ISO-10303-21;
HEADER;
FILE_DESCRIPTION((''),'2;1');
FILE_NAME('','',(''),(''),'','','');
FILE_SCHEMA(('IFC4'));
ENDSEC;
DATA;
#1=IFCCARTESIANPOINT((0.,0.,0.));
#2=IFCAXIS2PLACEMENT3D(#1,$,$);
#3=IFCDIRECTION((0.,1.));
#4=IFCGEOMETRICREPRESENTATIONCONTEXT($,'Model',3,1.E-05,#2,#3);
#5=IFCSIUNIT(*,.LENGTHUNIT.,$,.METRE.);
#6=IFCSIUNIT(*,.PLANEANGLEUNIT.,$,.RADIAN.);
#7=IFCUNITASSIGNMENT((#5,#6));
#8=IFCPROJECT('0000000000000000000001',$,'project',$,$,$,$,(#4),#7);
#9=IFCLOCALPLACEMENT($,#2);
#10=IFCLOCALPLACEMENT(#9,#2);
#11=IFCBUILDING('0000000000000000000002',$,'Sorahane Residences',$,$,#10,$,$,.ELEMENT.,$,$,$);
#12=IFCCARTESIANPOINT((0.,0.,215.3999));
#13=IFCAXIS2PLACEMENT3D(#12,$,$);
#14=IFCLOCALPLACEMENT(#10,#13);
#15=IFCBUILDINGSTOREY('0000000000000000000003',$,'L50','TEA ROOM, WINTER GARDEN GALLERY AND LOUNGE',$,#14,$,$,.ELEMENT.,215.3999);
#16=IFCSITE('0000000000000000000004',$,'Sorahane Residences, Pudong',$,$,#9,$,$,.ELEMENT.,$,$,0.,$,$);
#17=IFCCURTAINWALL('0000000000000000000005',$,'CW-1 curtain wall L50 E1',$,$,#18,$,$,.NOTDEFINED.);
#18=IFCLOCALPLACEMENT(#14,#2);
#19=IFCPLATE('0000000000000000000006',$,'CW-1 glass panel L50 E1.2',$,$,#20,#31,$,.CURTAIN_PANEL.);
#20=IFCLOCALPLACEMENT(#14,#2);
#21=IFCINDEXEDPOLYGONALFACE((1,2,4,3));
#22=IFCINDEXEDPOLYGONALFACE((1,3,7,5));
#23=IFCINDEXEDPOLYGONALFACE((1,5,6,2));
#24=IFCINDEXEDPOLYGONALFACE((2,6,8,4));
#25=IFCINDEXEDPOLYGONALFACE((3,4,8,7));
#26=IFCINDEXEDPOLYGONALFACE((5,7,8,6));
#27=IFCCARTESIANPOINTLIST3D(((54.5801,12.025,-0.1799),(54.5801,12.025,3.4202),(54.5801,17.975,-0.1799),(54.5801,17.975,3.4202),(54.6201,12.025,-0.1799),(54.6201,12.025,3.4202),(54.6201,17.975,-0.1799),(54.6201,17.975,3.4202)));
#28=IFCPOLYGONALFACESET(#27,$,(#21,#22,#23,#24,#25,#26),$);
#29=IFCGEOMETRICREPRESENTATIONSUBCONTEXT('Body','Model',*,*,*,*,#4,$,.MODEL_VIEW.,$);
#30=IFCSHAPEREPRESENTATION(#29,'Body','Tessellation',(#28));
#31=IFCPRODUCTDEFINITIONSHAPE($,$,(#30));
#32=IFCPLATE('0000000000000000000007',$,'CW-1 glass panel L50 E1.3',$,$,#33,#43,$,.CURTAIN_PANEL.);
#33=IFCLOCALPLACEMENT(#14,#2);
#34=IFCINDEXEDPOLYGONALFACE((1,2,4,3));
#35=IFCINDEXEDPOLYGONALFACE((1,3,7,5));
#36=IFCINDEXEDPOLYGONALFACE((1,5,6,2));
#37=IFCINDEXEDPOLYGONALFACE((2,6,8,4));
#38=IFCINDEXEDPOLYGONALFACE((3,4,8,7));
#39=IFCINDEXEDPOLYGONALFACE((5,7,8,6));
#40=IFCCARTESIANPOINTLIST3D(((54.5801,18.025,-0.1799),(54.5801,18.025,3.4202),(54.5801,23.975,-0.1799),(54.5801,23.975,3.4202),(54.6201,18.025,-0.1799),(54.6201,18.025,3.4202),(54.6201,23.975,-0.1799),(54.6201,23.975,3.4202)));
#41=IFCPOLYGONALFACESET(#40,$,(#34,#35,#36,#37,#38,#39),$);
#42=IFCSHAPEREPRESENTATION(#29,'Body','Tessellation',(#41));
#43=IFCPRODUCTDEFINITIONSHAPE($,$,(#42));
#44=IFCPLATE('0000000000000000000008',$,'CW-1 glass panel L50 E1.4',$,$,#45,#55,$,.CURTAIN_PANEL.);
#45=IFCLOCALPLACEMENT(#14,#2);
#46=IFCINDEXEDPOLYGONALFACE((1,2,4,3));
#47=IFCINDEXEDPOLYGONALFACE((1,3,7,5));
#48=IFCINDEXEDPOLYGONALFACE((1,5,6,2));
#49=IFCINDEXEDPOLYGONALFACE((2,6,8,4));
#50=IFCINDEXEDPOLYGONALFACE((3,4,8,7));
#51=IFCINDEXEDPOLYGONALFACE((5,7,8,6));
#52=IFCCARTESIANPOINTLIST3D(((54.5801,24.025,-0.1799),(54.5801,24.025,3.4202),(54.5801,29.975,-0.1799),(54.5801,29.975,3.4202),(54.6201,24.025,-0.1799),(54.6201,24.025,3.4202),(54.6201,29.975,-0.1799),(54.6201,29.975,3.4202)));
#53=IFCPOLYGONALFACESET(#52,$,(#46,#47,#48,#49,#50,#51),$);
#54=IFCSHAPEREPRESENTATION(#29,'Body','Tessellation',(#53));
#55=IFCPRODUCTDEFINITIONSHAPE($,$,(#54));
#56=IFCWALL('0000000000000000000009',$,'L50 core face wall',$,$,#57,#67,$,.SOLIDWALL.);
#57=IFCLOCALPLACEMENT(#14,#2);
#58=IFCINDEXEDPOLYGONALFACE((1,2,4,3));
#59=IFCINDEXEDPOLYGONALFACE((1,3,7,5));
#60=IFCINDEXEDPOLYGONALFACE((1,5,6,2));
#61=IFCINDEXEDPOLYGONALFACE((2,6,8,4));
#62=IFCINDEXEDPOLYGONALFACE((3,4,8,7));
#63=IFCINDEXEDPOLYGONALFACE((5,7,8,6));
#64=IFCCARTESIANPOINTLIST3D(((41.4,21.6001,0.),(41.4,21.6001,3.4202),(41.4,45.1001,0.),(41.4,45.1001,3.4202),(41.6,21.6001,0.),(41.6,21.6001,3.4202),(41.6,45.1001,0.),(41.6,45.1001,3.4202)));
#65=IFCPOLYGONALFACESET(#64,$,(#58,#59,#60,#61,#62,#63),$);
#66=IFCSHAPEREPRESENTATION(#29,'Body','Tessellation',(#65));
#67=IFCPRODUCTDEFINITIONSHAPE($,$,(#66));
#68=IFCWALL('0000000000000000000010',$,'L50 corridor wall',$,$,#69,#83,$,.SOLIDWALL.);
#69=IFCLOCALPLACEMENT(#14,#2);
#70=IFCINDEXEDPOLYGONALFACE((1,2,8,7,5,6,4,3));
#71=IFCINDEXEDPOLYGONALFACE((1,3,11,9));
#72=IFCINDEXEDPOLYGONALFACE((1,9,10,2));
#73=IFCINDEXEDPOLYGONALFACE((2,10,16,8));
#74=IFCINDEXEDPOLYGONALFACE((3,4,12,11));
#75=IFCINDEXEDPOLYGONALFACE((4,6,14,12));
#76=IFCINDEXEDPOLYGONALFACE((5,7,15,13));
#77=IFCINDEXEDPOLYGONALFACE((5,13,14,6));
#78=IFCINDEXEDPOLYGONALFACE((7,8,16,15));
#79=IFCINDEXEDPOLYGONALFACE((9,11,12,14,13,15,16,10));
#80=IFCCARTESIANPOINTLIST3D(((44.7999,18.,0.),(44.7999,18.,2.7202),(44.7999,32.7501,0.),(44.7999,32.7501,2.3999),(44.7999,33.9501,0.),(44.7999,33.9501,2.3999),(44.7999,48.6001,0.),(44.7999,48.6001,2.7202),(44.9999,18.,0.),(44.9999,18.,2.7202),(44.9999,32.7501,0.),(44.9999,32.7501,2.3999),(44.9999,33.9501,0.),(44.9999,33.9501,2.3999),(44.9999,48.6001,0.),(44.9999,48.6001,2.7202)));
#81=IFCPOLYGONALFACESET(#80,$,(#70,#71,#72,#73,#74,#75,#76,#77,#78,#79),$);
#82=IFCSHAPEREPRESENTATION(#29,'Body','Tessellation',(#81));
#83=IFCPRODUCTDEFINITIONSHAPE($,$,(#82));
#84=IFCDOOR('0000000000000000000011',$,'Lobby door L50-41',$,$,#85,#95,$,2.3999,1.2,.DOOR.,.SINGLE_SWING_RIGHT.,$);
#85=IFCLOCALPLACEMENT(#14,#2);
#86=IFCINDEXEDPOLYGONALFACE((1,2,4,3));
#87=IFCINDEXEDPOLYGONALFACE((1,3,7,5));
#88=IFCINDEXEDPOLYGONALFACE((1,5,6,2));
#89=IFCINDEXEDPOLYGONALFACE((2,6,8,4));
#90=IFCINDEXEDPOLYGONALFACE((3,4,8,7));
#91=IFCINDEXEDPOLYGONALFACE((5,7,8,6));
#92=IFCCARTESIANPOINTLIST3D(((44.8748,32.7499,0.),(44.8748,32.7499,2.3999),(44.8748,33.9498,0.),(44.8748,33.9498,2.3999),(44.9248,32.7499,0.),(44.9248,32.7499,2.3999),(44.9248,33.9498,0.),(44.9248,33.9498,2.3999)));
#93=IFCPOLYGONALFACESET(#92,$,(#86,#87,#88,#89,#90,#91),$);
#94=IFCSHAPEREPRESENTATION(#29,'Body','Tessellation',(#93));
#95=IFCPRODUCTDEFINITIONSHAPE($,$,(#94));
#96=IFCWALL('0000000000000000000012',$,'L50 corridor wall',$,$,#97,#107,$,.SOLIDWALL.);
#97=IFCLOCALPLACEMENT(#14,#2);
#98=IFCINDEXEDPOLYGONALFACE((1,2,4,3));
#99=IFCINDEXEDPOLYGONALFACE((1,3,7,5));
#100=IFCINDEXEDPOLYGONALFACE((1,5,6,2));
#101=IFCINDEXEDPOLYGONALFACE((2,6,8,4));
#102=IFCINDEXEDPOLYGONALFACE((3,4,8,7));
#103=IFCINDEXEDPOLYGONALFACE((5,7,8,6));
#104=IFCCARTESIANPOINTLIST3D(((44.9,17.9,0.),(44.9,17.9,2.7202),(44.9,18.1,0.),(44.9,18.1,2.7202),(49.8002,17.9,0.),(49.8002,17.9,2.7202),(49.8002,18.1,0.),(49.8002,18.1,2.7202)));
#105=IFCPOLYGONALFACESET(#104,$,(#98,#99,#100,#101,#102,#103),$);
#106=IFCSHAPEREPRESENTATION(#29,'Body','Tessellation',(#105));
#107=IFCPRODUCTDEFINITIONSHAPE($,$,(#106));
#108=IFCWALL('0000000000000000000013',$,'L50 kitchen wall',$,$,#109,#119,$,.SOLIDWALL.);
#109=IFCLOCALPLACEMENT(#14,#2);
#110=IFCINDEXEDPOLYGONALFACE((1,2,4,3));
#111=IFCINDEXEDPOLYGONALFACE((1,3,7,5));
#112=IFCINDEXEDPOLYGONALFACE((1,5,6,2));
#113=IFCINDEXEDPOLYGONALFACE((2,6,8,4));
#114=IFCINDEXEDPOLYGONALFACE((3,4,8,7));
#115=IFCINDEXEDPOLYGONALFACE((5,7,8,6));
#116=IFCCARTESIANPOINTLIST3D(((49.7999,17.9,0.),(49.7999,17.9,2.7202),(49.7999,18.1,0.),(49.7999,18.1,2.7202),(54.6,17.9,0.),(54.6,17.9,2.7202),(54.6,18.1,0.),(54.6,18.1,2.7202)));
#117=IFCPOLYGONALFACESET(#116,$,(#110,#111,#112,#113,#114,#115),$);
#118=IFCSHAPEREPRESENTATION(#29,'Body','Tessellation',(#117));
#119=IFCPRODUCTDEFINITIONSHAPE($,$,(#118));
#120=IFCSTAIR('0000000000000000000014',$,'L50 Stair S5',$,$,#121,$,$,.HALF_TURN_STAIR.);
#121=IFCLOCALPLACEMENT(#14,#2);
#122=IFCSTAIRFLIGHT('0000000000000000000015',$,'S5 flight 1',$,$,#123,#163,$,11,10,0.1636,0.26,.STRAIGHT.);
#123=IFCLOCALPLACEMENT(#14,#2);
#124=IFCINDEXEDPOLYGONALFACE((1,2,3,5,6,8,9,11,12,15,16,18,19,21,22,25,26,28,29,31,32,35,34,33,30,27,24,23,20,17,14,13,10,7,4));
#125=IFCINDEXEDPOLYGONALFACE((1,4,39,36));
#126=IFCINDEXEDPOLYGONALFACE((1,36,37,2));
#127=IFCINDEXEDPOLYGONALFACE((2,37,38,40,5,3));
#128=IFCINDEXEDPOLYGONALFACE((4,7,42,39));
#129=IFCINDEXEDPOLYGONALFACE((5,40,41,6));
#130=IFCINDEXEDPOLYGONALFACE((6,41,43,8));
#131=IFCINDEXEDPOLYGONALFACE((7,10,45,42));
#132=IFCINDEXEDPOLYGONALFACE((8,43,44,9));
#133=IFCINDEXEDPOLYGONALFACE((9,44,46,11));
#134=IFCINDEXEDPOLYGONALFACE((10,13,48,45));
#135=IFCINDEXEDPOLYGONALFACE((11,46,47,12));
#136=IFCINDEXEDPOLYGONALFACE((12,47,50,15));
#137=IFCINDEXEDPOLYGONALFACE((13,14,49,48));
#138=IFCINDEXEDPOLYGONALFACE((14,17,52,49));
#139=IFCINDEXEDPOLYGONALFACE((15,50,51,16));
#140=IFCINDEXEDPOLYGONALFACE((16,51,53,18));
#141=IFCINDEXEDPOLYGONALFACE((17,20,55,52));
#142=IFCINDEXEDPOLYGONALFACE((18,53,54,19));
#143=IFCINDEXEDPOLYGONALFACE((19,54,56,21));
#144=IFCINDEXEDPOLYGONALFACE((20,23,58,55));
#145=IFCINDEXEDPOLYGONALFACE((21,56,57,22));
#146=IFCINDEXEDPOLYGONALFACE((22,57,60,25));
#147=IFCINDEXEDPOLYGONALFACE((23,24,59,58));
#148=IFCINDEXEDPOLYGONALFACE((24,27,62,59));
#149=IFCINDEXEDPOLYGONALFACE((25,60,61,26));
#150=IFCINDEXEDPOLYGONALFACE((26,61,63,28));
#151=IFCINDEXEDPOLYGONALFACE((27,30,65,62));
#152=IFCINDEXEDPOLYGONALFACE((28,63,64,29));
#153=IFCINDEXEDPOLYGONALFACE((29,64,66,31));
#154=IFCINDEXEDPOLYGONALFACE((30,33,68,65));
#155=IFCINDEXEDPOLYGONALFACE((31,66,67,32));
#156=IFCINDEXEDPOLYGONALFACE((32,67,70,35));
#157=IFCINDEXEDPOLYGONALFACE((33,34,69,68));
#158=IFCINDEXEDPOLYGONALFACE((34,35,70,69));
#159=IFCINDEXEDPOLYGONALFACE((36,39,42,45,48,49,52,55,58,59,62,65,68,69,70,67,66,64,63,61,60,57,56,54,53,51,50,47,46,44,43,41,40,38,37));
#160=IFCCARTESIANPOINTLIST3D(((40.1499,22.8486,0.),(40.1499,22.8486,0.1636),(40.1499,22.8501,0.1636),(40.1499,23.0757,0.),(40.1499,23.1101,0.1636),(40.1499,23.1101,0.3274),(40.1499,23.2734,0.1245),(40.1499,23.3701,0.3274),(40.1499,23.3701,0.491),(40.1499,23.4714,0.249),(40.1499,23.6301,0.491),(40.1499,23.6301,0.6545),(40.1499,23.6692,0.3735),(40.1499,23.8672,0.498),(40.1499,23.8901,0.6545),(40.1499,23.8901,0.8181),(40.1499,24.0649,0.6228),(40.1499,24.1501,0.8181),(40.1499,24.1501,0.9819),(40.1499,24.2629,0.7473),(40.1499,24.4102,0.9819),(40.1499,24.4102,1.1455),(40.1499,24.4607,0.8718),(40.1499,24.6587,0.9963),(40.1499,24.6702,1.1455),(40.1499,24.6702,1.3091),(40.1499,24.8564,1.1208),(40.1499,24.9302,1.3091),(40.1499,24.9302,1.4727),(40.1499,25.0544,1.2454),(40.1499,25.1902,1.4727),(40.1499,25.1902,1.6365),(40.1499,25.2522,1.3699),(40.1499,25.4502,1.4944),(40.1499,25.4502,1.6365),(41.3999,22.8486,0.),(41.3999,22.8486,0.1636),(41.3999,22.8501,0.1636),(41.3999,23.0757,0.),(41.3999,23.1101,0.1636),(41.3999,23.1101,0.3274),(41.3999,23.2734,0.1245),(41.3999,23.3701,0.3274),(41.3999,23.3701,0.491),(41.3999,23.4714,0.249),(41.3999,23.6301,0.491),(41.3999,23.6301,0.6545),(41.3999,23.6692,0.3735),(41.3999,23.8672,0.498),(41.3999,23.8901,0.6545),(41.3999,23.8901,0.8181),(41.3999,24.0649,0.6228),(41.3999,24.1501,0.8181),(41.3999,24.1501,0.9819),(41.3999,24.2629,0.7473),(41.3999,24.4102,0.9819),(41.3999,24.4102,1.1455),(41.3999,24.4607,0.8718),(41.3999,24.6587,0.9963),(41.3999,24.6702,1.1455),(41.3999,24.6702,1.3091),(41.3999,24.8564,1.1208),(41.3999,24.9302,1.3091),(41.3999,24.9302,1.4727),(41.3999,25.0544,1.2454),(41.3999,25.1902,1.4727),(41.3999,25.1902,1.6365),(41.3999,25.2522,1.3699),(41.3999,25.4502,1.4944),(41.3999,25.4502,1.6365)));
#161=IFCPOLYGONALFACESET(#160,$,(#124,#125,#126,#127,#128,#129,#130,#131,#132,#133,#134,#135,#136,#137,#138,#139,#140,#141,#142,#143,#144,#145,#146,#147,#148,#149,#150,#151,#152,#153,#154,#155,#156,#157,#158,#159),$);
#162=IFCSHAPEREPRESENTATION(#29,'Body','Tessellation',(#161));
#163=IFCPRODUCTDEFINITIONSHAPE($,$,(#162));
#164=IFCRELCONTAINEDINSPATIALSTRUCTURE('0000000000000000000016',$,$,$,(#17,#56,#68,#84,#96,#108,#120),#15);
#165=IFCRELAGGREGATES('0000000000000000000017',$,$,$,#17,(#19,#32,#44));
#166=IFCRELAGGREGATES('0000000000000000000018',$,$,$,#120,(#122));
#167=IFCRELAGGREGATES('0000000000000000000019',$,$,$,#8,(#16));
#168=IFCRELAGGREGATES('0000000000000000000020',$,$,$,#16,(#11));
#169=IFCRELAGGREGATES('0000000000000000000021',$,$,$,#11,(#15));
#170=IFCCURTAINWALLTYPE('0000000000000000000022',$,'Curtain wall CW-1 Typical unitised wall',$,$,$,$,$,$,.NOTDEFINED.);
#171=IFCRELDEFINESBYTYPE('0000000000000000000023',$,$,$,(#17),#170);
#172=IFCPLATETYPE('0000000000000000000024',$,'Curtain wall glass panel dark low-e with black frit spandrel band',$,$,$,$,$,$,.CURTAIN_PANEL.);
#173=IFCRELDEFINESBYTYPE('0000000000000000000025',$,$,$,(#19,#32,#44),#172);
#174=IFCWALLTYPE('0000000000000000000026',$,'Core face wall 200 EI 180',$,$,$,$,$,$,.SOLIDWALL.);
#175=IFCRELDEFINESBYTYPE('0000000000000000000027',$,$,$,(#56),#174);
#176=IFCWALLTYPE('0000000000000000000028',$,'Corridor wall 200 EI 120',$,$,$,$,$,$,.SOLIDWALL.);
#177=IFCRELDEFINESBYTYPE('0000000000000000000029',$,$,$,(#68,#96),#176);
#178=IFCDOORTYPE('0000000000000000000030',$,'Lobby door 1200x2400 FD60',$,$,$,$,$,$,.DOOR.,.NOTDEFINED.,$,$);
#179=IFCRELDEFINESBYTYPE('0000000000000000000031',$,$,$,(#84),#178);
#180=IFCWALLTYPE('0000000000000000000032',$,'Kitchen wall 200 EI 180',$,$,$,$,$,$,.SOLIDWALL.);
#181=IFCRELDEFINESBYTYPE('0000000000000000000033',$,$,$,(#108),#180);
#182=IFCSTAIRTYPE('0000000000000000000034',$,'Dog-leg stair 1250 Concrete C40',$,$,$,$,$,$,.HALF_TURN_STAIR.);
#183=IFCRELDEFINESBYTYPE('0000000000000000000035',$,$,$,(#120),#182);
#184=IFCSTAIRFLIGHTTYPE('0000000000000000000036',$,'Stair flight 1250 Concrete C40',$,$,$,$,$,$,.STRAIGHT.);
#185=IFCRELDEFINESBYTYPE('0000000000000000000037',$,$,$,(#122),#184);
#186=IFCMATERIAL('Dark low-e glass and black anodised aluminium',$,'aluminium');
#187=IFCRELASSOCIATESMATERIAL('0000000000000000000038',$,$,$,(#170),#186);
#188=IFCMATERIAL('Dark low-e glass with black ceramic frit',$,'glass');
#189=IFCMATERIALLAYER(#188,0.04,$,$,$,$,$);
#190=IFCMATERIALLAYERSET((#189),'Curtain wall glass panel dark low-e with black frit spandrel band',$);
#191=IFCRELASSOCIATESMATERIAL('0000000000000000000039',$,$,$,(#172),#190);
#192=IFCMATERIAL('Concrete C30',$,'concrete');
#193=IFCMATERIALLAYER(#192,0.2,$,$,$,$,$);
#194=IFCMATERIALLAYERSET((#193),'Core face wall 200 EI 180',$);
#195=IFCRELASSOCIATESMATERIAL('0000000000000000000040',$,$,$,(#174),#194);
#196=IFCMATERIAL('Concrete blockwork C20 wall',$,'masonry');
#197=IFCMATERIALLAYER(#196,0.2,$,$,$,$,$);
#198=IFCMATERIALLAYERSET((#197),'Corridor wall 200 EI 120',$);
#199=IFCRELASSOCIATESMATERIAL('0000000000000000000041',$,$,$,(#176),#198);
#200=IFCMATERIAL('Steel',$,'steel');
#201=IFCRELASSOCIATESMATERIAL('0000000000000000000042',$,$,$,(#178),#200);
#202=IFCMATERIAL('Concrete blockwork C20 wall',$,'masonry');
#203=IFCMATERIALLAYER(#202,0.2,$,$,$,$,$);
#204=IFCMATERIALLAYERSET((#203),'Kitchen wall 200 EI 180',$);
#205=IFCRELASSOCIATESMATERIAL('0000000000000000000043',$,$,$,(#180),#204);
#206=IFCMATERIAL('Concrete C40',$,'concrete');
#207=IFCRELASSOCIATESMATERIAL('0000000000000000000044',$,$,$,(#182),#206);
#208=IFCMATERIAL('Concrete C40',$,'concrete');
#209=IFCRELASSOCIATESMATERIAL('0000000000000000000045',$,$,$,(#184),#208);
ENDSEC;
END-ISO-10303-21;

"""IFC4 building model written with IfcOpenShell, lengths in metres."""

from ifc_helpers import new_model, si_unit, direction, frame, frame_2d, origin, origin_2d, place, context, subcontext, project, spatial, polyline, rectangle, outline, extrude, material, layer, layer_set, type_object, element, fill, aggregate, save


model = new_model("IFC4")

# Units and contexts
model_context = context("Model", 3, precision=1e-05, world=origin(), true_north=direction((0.0, 1.0)))
body_context = subcontext(model_context, "Body", "Model", "MODEL_VIEW")
ifc_project = project(units=[si_unit("LENGTHUNIT", "METRE"), si_unit("PLANEANGLEUNIT", "RADIAN")], contexts=[model_context])

# Site, building, storey
site_placement = place(None, origin())
site = spatial("IfcSite", under=ifc_project, at=site_placement, Name="Sorahane Residences, Pudong", CompositionType="ELEMENT", RefElevation=0.0)
building_placement = place(site_placement, origin())
building = spatial("IfcBuilding", under=site, at=building_placement, Name="Sorahane Residences", CompositionType="ELEMENT")
storey_placement = place(building_placement, frame((0.0, 0.0, 215.3999)))
storey = spatial("IfcBuildingStorey", under=building, at=storey_placement, Name="L50", Description="TEA ROOM, WINTER GARDEN GALLERY AND LOUNGE", CompositionType="ELEMENT", Elevation=215.3999)

# Curtain wall
ifc_material_1 = material(Name="Dark low-e glass and black anodised aluminium", Category="aluminium")
curtain_wall_type = type_object("IfcCurtainWallType", Name="Curtain wall CW-1 Typical unitised wall", PredefinedType="NOTDEFINED", material=ifc_material_1)
curtain_wall_placement = place(storey_placement, origin())
curtain_wall = element("IfcCurtainWall", 1, at=curtain_wall_placement, inside=storey, type_object=curtain_wall_type, Name="CW-1 curtain wall L50 E1", PredefinedType="NOTDEFINED")

# Plates
ifc_material_2 = material(Name="Dark low-e glass with black ceramic frit", Category="glass")
ifc_layer_1 = layer(ifc_material_2, 0.04)
ifc_layer_set_1 = layer_set([ifc_layer_1], Name="Curtain wall glass panel dark low-e with black frit spandrel band")
plate_type = type_object("IfcPlateType", Name="Curtain wall glass panel dark low-e with black frit spandrel band", PredefinedType="CURTAIN_PANEL", material=ifc_layer_set_1)
plate_1_placement = place(storey_placement, frame((54.6001, 15.0, -0.1799), z_axis=(0.0, 0.0, 1.0), x_axis=(0.0, 1.0, 0.0)))
plate_1 = element("IfcPlate", 2, at=plate_1_placement, type_object=plate_type, Name="CW-1 glass panel L50 E1.2", PredefinedType="CURTAIN_PANEL", context=body_context, shape_type="SweptSolid", body=[
    extrude(rectangle(XDim=5.95, YDim=0.04, at=origin_2d()), origin(), (0.0, 0.0, 1.0), 3.6001),
])
plate_2_placement = place(storey_placement, frame((54.6001, 21.0, -0.1799), z_axis=(0.0, 0.0, 1.0), x_axis=(0.0, 1.0, 0.0)))
plate_2 = element("IfcPlate", 3, at=plate_2_placement, type_object=plate_type, Name="CW-1 glass panel L50 E1.3", PredefinedType="CURTAIN_PANEL", context=body_context, shape_type="SweptSolid", body=[
    extrude(rectangle(XDim=5.95, YDim=0.04, at=origin_2d()), origin(), (0.0, 0.0, 1.0), 3.6001),
])
plate_3_placement = place(storey_placement, frame((54.6001, 27.0, -0.1799), z_axis=(0.0, 0.0, 1.0), x_axis=(0.0, 1.0, 0.0)))
plate_3 = element("IfcPlate", 4, at=plate_3_placement, type_object=plate_type, Name="CW-1 glass panel L50 E1.4", PredefinedType="CURTAIN_PANEL", context=body_context, shape_type="SweptSolid", body=[
    extrude(rectangle(XDim=5.95, YDim=0.04, at=origin_2d()), origin(), (0.0, 0.0, 1.0), 3.6001),
])
aggregate(curtain_wall, [plate_1, plate_2, plate_3])

# Wall
ifc_material_3 = material(Name="Concrete C30", Category="concrete")
ifc_layer_2 = layer(ifc_material_3, 0.2)
ifc_layer_set_2 = layer_set([ifc_layer_2], Name="Core face wall 200 EI 180")
wall_type_1 = type_object("IfcWallType", Name="Core face wall 200 EI 180", PredefinedType="SOLIDWALL", material=ifc_layer_set_2)
wall_1_placement = place(storey_placement, frame((41.5, 21.6001, 0.0), z_axis=(0.0, 0.0, 1.0), x_axis=(0.0, 1.0, 0.0)))
element("IfcWall", 5, at=wall_1_placement, inside=storey, type_object=wall_type_1, Name="L50 core face wall", PredefinedType="SOLIDWALL", context=body_context, shape_type="SweptSolid", body=[
    extrude(rectangle(XDim=23.5, YDim=0.2, at=frame_2d((11.75, 0.0))), origin(), (0.0, 0.0, 1.0), 3.4202),
])

# Wall, opening, door
ifc_material_4 = material(Name="Concrete blockwork C20 wall", Category="masonry")
ifc_layer_3 = layer(ifc_material_4, 0.2)
ifc_layer_set_3 = layer_set([ifc_layer_3], Name="Corridor wall 200 EI 120")
wall_type_2 = type_object("IfcWallType", Name="Corridor wall 200 EI 120", PredefinedType="SOLIDWALL", material=ifc_layer_set_3)
wall_2_placement = place(storey_placement, frame((44.8999, 18.0, 0.0), z_axis=(0.0, 0.0, 1.0), x_axis=(0.0, 1.0, 0.0)))
wall_2 = element("IfcWall", 6, at=wall_2_placement, inside=storey, type_object=wall_type_2, Name="L50 corridor wall", PredefinedType="SOLIDWALL", context=body_context, shape_type="SweptSolid", body=[
    extrude(rectangle(XDim=30.6001, YDim=0.2, at=frame_2d((15.3, 0.0))), origin(), (0.0, 0.0, 1.0), 2.7202),
])
opening_placement = place(wall_2_placement, frame((14.75, 0.0, 0.0)))
opening = element("IfcOpeningElement", 7, at=opening_placement, cuts=wall_2, PredefinedType="OPENING", context=body_context, shape_type="SweptSolid", body=[
    extrude(rectangle(XDim=1.2, YDim=2.3999, at=frame_2d((0.6001, 1.2))), frame((0.0, 0.1099, 0.0), z_axis=(0.0, -1.0, 0.0), x_axis=(1.0, 0.0, 0.0)), (0.0, 0.0, 1.0), 0.22),
])
ifc_material_5 = material(Name="Steel", Category="steel")
door_type = type_object("IfcDoorType", Name="Lobby door 1200x2400 FD60", OperationType="NOTDEFINED", PredefinedType="DOOR", material=ifc_material_5)
door_placement = place(opening_placement, frame((1.2, 0.0, 0.0), z_axis=(0.0, 0.0, 1.0), x_axis=(-1.0, 0.0, 0.0)))
door = element("IfcDoor", 8, at=door_placement, inside=storey, type_object=door_type, Name="Lobby door L50-41", OperationType="SINGLE_SWING_RIGHT", OverallHeight=2.3999, OverallWidth=1.2, PredefinedType="DOOR", context=body_context, shape_type="SweptSolid", body=[
    extrude(rectangle(XDim=1.2, YDim=2.3999, at=frame_2d((0.6001, 1.2))), frame((0.0, 0.0249, 0.0), z_axis=(0.0, -1.0, 0.0), x_axis=(1.0, 0.0, 0.0)), (0.0, 0.0, 1.0), 0.05),
])
fill(opening, door)

# Walls
wall_3_placement = place(storey_placement, frame((44.8999, 18.0, 0.0), z_axis=(0.0, 0.0, 1.0), x_axis=(1.0, 0.0, 0.0)))
element("IfcWall", 9, at=wall_3_placement, inside=storey, type_object=wall_type_2, Name="L50 corridor wall", PredefinedType="SOLIDWALL", context=body_context, shape_type="SweptSolid", body=[
    extrude(rectangle(XDim=4.9001, YDim=0.2, at=frame_2d((2.4502, 0.0))), origin(), (0.0, 0.0, 1.0), 2.7202),
])
ifc_material_6 = material(Name="Concrete blockwork C20 wall", Category="masonry")
ifc_layer_4 = layer(ifc_material_6, 0.2)
ifc_layer_set_4 = layer_set([ifc_layer_4], Name="Kitchen wall 200 EI 180")
wall_type_3 = type_object("IfcWallType", Name="Kitchen wall 200 EI 180", PredefinedType="SOLIDWALL", material=ifc_layer_set_4)
wall_4_placement = place(storey_placement, frame((49.8, 18.0, 0.0), z_axis=(0.0, 0.0, 1.0), x_axis=(1.0, 0.0, 0.0)))
element("IfcWall", 10, at=wall_4_placement, inside=storey, type_object=wall_type_3, Name="L50 kitchen wall", PredefinedType="SOLIDWALL", context=body_context, shape_type="SweptSolid", body=[
    extrude(rectangle(XDim=4.8, YDim=0.2, at=frame_2d((2.3999, 0.0))), origin(), (0.0, 0.0, 1.0), 2.7202),
])

# Stair, stair flight
ifc_material_7 = material(Name="Concrete C40", Category="concrete")
stair_type = type_object("IfcStairType", Name="Dog-leg stair 1250 Concrete C40", PredefinedType="HALF_TURN_STAIR", material=ifc_material_7)
stair_placement = place(storey_placement, origin())
stair = element("IfcStair", 11, at=stair_placement, inside=storey, type_object=stair_type, Name="L50 Stair S5", PredefinedType="HALF_TURN_STAIR")
ifc_material_8 = material(Name="Concrete C40", Category="concrete")
stair_flight_type = type_object("IfcStairFlightType", Name="Stair flight 1250 Concrete C40", PredefinedType="STRAIGHT", material=ifc_material_8)
stair_flight_placement = place(storey_placement, frame((40.7749, 22.8501, 0.0), z_axis=(0.0, 0.0, 1.0), x_axis=(0.0, 1.0, 0.0)))
stair_flight = element("IfcStairFlight", 12, at=stair_flight_placement, type_object=stair_flight_type, Name="S5 flight 1", NumberOfRisers=11, NumberOfTreads=10, PredefinedType="STRAIGHT", RiserHeight=0.1636, TreadLength=0.26, context=body_context, shape_type="SweptSolid", body=[
    extrude(outline(polyline([(-0.0015, 0.0), (-0.0015, 0.1636), (0.0, 0.1636), (0.26, 0.1636), (0.26, 0.3274), (0.52, 0.3274), (0.52, 0.491), (0.78, 0.491), (0.78, 0.6545), (1.04, 0.6545), (1.04, 0.8181), (1.3, 0.8181), (1.3, 0.9819), (1.5601, 0.9819), (1.5601, 1.1455), (1.8201, 1.1455), (1.8201, 1.3091), (2.0801, 1.3091), (2.0801, 1.4727), (2.3401, 1.4727), (2.3401, 1.6365), (2.6001, 1.6365), (2.6001, 1.8), (2.6001, 1.4944), (2.4021, 1.3699), (2.2043, 1.2454), (2.0063, 1.1208), (1.8086, 0.9963), (1.6106, 0.8718), (1.4128, 0.7473), (1.2148, 0.6228), (1.0171, 0.498), (0.8191, 0.3735), (0.6213, 0.249), (0.4233, 0.1245), (0.2256, 0.0), (-0.0015, 0.0)])), frame((0.0, 0.625, 0.0), z_axis=(0.0, -1.0, 0.0), x_axis=(1.0, 0.0, 0.0)), (0.0, 0.0, 1.0), 1.25),
])
aggregate(stair, [stair_flight])

save(model, "model.ifc")
